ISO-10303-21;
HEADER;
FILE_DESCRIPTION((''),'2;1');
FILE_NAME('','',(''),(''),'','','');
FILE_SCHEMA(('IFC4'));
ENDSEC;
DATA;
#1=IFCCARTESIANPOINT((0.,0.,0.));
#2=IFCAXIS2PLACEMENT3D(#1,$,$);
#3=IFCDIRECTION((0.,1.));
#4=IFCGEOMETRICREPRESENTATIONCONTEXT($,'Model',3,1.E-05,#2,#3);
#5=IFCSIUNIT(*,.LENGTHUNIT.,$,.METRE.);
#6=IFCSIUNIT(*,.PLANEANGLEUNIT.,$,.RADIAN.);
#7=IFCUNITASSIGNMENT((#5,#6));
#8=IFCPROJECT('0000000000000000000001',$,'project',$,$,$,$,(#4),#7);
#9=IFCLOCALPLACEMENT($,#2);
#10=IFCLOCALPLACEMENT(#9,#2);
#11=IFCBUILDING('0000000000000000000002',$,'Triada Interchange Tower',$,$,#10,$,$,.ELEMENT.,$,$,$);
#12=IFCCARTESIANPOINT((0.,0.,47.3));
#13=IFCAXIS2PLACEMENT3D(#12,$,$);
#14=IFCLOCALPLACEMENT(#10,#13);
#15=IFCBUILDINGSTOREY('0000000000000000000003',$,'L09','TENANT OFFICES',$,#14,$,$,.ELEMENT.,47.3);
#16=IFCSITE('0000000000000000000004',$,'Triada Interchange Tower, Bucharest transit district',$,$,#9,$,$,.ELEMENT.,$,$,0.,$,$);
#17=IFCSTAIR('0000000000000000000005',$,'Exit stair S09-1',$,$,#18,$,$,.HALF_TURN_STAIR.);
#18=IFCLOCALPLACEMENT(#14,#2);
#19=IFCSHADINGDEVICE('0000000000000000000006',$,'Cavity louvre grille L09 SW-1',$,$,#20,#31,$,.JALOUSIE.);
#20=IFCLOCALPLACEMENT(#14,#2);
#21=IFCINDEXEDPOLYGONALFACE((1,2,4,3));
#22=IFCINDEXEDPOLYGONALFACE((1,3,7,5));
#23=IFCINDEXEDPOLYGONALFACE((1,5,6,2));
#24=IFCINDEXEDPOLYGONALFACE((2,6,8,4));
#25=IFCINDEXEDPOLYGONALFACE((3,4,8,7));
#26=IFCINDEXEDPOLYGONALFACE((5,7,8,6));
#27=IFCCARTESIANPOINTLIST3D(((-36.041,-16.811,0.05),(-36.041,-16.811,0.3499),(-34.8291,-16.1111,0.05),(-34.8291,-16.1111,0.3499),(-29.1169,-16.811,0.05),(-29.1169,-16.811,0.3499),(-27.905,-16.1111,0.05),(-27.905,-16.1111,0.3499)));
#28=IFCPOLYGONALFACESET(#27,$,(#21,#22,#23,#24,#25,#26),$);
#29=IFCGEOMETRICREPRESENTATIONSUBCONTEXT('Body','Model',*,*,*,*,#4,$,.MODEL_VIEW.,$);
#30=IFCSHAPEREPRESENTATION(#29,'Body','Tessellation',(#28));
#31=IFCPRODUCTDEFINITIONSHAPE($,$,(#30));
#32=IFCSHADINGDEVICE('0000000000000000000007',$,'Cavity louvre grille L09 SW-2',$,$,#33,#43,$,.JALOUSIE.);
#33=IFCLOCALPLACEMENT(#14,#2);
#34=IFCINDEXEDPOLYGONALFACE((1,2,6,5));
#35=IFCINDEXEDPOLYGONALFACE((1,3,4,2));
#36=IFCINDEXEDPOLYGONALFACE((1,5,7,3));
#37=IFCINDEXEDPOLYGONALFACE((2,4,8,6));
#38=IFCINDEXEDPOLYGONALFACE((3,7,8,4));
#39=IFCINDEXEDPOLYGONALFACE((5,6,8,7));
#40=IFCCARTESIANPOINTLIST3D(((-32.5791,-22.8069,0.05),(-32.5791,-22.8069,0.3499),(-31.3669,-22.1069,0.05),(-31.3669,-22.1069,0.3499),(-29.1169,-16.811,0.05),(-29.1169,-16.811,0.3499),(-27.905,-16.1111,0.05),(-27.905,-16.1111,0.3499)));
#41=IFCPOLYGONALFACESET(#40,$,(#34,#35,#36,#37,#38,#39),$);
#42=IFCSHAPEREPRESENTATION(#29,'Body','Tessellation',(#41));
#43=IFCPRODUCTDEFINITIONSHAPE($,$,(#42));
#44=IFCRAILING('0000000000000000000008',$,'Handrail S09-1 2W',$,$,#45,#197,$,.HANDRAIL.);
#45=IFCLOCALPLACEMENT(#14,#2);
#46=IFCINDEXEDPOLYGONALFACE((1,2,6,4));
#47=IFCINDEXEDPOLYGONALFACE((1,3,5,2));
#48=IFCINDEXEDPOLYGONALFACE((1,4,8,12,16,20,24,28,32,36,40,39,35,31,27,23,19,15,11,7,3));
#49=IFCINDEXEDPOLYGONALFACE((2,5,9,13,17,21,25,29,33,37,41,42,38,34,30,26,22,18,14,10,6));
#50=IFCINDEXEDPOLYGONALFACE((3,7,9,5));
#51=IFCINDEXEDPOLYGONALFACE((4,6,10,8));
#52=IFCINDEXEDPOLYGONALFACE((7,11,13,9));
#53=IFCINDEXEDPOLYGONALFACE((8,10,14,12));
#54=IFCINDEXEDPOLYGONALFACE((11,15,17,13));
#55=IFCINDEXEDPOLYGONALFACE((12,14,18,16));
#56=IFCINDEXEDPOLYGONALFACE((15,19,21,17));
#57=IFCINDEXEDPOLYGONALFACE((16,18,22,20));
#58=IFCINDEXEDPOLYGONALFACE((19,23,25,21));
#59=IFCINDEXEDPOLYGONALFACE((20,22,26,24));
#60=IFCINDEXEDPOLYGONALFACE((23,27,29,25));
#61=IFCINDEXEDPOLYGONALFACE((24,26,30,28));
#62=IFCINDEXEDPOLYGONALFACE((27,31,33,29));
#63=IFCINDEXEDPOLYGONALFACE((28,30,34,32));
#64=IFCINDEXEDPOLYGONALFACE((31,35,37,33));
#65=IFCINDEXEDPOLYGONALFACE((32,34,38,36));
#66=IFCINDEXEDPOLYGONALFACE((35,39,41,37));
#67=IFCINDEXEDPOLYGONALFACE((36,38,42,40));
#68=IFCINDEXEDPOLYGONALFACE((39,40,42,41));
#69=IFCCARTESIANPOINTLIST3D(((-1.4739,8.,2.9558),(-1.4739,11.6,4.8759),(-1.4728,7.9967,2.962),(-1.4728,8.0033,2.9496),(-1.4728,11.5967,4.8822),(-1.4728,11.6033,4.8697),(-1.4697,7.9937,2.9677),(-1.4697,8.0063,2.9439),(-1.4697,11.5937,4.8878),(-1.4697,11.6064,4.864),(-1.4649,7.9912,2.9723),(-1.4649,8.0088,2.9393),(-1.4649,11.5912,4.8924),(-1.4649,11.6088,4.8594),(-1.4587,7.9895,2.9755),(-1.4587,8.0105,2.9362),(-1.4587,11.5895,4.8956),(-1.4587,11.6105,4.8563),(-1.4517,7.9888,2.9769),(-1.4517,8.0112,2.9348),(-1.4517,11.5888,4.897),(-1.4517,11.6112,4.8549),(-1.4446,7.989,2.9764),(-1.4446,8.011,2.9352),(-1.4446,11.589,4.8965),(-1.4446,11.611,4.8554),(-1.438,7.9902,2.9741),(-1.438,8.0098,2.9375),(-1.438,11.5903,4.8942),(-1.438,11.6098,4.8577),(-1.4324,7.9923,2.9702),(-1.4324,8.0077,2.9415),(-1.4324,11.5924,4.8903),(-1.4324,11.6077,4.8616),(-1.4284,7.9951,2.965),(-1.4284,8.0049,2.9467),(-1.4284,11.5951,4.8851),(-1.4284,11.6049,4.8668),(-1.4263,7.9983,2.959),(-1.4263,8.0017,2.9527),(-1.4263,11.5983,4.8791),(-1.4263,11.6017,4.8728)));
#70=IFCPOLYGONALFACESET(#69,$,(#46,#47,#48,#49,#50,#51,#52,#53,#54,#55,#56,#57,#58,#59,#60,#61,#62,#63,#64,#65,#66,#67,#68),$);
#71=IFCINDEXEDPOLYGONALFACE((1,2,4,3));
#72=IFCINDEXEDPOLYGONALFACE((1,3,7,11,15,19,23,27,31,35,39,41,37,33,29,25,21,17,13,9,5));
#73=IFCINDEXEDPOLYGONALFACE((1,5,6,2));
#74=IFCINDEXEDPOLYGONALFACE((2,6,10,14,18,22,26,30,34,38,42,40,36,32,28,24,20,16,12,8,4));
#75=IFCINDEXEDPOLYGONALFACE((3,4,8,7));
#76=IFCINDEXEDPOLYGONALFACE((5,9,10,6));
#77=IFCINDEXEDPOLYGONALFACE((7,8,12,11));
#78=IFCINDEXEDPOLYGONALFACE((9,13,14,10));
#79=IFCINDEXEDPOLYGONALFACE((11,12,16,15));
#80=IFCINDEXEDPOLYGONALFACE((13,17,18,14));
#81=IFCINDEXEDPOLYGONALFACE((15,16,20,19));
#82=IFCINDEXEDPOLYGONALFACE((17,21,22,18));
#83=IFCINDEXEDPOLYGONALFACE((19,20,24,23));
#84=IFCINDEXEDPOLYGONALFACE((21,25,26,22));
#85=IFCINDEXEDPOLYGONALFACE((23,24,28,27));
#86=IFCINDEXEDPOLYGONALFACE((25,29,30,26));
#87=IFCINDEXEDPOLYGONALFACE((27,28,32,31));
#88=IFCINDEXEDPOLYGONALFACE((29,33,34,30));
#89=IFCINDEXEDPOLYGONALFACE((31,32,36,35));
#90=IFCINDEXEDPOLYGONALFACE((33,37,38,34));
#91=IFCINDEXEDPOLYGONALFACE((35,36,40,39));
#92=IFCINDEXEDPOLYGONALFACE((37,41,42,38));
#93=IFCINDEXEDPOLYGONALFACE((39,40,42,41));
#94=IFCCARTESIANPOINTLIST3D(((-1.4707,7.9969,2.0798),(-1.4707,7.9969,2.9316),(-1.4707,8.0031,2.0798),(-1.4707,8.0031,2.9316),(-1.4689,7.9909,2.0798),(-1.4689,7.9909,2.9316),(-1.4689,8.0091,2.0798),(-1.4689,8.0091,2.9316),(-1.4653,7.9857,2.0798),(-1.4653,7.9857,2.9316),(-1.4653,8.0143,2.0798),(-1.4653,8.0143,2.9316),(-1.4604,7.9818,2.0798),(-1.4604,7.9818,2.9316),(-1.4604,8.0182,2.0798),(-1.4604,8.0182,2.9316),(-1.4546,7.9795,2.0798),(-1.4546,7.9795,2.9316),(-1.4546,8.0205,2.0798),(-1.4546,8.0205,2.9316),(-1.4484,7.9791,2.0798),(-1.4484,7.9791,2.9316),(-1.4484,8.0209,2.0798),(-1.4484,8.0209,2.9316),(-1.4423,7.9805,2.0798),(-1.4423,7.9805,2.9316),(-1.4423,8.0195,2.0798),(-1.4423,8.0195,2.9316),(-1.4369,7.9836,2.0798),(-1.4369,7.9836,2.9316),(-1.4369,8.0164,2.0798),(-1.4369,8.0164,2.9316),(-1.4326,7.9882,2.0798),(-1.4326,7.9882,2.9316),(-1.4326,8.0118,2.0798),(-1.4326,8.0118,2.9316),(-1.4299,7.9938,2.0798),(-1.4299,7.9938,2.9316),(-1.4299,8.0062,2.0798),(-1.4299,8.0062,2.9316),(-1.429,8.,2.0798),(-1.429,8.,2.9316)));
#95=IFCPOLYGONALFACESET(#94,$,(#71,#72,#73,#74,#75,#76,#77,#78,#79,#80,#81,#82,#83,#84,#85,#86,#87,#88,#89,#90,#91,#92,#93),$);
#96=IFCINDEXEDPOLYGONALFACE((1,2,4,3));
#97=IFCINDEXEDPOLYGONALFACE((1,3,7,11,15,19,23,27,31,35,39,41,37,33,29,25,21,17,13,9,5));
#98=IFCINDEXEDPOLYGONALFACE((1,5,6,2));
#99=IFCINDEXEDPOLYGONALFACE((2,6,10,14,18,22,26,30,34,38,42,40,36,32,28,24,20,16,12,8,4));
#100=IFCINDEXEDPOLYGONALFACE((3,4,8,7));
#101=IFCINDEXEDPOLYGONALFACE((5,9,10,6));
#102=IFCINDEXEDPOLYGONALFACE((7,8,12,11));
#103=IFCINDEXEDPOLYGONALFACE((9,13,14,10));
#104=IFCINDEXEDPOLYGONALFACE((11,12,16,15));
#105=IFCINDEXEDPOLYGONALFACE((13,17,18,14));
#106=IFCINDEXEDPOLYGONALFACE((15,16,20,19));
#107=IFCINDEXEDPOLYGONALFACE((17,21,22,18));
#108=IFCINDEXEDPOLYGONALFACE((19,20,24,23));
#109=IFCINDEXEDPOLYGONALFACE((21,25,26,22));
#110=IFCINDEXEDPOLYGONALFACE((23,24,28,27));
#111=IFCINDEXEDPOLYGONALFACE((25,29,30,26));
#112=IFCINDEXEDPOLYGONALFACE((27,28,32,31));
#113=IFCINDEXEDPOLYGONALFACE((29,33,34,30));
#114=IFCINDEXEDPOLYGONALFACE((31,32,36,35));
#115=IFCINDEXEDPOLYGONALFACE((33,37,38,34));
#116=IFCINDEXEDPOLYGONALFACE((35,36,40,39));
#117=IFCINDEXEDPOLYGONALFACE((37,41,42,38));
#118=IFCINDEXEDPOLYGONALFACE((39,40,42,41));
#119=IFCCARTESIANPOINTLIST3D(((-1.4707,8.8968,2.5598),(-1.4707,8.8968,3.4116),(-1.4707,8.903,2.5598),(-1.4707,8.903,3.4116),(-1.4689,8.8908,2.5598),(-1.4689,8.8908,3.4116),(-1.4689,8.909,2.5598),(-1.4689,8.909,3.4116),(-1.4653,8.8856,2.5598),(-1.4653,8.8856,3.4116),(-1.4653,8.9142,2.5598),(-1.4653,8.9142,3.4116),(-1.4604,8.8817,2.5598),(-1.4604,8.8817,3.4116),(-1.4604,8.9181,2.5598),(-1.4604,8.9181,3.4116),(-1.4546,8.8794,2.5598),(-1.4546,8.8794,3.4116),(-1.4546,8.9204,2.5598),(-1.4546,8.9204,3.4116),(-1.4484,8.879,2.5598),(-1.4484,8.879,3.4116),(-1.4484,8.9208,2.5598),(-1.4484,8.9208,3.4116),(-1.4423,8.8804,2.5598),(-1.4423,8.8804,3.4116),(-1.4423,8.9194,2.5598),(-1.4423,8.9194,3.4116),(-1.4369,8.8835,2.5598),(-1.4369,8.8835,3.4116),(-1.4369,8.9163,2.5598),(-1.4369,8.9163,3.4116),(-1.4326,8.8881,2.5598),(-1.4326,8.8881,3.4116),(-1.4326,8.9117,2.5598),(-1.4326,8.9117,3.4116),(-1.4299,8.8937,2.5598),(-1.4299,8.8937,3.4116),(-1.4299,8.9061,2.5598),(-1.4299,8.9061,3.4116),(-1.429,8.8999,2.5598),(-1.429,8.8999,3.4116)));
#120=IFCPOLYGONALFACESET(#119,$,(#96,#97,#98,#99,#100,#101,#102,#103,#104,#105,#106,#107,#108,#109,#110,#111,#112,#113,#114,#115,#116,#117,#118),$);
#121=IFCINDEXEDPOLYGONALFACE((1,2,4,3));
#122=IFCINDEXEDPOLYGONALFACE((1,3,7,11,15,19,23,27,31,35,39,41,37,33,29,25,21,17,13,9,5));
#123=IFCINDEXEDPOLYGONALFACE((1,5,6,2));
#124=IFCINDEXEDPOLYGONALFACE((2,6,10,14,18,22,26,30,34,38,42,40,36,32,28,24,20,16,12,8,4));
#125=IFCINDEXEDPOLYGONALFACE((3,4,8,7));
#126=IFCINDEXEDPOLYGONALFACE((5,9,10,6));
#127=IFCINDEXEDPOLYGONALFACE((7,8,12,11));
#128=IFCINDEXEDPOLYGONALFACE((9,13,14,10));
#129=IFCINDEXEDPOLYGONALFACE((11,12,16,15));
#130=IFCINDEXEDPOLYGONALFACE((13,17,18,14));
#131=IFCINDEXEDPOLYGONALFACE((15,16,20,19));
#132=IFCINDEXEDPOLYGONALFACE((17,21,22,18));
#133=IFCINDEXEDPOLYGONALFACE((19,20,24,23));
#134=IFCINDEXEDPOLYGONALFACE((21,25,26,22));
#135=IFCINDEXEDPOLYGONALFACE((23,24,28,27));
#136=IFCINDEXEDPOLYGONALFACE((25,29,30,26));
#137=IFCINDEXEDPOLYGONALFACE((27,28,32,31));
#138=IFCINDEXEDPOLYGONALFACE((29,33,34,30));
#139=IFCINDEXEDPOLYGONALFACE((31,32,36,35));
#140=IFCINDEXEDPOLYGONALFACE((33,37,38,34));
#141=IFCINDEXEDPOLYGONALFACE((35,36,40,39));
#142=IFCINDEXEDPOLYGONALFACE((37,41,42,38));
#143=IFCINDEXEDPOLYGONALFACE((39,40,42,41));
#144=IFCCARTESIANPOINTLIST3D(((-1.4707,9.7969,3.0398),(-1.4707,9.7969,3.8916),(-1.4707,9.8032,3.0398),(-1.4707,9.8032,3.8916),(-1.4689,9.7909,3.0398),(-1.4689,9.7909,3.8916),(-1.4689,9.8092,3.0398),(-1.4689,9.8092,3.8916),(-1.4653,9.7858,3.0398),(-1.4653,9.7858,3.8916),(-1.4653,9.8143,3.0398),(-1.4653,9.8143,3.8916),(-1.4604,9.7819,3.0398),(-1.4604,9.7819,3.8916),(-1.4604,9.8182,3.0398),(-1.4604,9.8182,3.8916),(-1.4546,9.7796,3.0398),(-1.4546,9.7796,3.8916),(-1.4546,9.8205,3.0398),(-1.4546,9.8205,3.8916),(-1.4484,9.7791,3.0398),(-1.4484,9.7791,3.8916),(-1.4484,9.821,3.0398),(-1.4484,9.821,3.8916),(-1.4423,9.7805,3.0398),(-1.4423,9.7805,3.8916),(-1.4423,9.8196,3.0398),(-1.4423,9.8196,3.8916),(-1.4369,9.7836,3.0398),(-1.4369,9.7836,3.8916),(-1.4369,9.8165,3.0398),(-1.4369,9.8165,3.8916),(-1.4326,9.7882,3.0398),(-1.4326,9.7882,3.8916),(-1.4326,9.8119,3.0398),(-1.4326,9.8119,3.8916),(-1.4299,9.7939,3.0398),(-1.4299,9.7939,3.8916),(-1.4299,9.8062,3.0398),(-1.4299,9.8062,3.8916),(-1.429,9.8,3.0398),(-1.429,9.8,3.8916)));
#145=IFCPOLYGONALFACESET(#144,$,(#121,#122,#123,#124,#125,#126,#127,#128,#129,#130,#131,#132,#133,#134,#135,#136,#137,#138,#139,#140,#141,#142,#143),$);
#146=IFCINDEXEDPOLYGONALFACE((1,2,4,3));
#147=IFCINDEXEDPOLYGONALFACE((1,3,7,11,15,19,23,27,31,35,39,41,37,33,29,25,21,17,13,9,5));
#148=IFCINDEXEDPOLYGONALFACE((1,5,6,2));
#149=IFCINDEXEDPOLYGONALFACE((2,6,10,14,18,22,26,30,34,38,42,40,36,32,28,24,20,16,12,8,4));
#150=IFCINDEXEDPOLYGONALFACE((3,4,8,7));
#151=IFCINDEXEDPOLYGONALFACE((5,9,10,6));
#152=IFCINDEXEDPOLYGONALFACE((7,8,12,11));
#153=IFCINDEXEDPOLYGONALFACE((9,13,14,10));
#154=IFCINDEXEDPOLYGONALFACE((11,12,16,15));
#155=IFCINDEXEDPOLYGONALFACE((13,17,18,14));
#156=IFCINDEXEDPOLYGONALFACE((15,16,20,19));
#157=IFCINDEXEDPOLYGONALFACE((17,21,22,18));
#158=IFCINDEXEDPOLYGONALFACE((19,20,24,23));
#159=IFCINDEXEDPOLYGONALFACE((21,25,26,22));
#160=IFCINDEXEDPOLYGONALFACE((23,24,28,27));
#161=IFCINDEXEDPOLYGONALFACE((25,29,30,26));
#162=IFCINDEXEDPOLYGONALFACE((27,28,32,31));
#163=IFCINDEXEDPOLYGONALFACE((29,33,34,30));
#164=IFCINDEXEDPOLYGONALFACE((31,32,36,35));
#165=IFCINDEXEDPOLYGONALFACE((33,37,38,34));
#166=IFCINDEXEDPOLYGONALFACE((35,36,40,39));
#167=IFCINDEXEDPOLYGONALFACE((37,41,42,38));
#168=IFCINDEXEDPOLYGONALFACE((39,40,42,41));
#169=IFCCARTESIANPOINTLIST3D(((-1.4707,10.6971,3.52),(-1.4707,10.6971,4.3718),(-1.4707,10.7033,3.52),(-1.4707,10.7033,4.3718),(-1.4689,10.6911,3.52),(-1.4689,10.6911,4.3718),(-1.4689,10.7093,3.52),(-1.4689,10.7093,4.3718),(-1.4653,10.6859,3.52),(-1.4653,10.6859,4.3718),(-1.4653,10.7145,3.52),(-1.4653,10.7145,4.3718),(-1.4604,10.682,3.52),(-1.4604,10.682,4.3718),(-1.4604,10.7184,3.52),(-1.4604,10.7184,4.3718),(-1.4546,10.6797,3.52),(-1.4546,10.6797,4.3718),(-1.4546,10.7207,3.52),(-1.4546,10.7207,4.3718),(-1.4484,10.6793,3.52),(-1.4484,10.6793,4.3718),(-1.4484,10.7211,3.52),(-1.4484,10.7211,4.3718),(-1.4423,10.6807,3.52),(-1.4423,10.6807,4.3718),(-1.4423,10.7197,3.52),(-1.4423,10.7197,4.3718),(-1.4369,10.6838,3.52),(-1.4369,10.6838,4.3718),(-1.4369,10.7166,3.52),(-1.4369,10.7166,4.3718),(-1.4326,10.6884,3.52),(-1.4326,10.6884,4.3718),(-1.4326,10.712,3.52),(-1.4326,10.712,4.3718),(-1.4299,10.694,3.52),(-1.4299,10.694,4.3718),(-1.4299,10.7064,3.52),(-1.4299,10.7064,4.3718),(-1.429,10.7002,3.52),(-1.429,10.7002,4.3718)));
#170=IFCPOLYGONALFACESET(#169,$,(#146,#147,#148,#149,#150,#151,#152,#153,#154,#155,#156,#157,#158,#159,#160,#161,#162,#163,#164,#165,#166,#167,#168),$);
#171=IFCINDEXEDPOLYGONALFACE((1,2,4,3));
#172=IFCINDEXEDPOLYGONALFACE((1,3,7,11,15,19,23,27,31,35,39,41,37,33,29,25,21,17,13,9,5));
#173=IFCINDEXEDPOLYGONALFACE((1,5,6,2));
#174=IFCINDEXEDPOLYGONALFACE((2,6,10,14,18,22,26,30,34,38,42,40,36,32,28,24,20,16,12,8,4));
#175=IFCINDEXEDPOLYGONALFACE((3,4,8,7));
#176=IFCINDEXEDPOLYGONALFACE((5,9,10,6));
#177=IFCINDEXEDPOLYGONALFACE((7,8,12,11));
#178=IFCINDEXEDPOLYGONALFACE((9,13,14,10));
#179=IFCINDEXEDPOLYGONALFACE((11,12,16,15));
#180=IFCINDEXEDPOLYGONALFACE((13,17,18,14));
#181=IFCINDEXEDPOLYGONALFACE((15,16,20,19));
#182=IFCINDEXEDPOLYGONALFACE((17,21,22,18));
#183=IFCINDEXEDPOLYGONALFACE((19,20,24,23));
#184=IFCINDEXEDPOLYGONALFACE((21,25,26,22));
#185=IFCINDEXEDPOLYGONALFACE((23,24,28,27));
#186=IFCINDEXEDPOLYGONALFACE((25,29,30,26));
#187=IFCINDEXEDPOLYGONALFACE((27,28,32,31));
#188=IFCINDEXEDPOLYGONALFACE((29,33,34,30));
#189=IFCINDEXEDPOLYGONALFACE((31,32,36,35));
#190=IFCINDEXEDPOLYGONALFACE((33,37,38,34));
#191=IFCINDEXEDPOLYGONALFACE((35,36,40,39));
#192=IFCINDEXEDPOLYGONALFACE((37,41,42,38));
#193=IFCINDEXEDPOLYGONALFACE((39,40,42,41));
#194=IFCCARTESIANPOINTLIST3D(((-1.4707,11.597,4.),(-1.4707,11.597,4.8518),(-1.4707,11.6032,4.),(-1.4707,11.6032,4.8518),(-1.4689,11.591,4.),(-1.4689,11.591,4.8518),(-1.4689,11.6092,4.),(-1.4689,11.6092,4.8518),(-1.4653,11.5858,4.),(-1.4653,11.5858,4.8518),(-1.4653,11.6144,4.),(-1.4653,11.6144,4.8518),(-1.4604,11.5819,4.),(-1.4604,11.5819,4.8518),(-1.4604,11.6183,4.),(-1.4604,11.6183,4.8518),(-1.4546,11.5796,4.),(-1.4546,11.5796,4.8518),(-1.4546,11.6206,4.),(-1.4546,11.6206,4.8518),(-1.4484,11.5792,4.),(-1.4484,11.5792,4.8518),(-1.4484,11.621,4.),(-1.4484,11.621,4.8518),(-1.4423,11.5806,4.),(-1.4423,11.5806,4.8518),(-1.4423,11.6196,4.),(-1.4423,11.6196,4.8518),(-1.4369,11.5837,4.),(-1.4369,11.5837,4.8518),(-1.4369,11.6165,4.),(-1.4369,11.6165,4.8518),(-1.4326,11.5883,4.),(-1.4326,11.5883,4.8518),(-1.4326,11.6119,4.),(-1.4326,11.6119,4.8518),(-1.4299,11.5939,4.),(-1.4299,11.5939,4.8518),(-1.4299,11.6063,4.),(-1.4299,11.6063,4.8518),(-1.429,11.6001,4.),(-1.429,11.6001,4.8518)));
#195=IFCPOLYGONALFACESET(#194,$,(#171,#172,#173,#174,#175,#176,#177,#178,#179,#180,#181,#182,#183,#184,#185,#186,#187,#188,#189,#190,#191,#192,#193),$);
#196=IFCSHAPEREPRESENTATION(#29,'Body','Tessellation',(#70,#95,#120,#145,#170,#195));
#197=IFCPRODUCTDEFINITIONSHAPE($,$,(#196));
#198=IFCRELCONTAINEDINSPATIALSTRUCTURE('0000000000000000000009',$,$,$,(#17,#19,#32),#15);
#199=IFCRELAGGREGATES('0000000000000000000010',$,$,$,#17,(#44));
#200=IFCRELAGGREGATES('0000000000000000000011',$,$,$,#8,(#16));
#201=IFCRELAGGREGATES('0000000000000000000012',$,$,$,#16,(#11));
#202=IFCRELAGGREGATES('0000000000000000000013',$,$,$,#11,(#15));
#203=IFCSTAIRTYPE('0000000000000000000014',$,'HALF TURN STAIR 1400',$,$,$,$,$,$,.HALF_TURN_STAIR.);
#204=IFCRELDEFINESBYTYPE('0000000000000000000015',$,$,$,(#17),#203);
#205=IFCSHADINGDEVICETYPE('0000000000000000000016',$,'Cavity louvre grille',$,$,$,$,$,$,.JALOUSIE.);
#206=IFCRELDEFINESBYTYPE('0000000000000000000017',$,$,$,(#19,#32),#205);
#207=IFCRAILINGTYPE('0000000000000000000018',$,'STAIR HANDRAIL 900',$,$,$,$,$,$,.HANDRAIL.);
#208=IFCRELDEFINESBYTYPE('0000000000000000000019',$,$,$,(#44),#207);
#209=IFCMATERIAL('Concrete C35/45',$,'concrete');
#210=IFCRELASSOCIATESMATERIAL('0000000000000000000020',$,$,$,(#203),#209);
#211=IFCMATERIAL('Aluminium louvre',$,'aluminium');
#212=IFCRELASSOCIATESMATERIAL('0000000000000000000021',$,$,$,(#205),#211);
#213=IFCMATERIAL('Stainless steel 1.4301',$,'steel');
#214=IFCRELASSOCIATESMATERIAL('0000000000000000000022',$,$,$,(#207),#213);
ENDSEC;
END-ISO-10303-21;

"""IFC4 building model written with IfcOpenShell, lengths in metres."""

from ifc_helpers import new_model, si_unit, direction, frame, origin, origin_2d, place, context, subcontext, project, spatial, polyline, circle, outline, extrude, material, type_object, element, aggregate, save


model = new_model("IFC4")

# Units and contexts
model_context = context("Model", 3, precision=1e-05, world=origin(), true_north=direction((0.0, 1.0)))
body_context = subcontext(model_context, "Body", "Model", "MODEL_VIEW")
ifc_project = project(units=[si_unit("LENGTHUNIT", "METRE"), si_unit("PLANEANGLEUNIT", "RADIAN")], contexts=[model_context])

# Site, building, storey
site_placement = place(None, origin())
site = spatial("IfcSite", under=ifc_project, at=site_placement, Name="Triada Interchange Tower, Bucharest transit district", CompositionType="ELEMENT", RefElevation=0.0)
building_placement = place(site_placement, origin())
building = spatial("IfcBuilding", under=site, at=building_placement, Name="Triada Interchange Tower", CompositionType="ELEMENT")
storey_placement = place(building_placement, frame((0.0, 0.0, 47.3)))
storey = spatial("IfcBuildingStorey", under=building, at=storey_placement, Name="L09", Description="TENANT OFFICES", CompositionType="ELEMENT", Elevation=47.3)

# Stair
ifc_material_1 = material(Name="Concrete C35/45", Category="concrete")
stair_type = type_object("IfcStairType", Name="HALF TURN STAIR 1400", PredefinedType="HALF_TURN_STAIR", material=ifc_material_1)
stair_placement = place(storey_placement, origin())
stair = element("IfcStair", 1, at=stair_placement, inside=storey, type_object=stair_type, Name="Exit stair S09-1", PredefinedType="HALF_TURN_STAIR")

# Shading devices
ifc_material_2 = material(Name="Aluminium louvre", Category="aluminium")
shading_device_type = type_object("IfcShadingDeviceType", Name="Cavity louvre grille", PredefinedType="JALOUSIE", material=ifc_material_2)
shading_device_1_placement = place(storey_placement, frame((0.0, 0.0, 0.05)))
element("IfcShadingDevice", 2, at=shading_device_1_placement, inside=storey, type_object=shading_device_type, Name="Cavity louvre grille L09 SW-1", PredefinedType="JALOUSIE", context=body_context, shape_type="SweptSolid", body=[
    extrude(outline(polyline([(-34.8291, -16.1111), (-36.041, -16.811), (-29.1169, -16.811), (-27.905, -16.1111), (-34.8291, -16.1111)])), origin(), (0.0, 0.0, 1.0), 0.2998),
])
shading_device_2_placement = place(storey_placement, frame((0.0, 0.0, 0.05)))
element("IfcShadingDevice", 3, at=shading_device_2_placement, inside=storey, type_object=shading_device_type, Name="Cavity louvre grille L09 SW-2", PredefinedType="JALOUSIE", context=body_context, shape_type="SweptSolid", body=[
    extrude(outline(polyline([(-27.905, -16.1111), (-29.1169, -16.811), (-32.5791, -22.8069), (-31.3669, -22.1069), (-27.905, -16.1111)])), origin(), (0.0, 0.0, 1.0), 0.2998),
])

# Railing
ifc_material_3 = material(Name="Stainless steel 1.4301", Category="steel")
railing_type = type_object("IfcRailingType", Name="STAIR HANDRAIL 900", PredefinedType="HANDRAIL", material=ifc_material_3)
railing_1_placement = place(storey_placement, frame((-1.45, 8.0, 2.0798)))
railing_1 = element("IfcRailing", 4, at=railing_1_placement, type_object=railing_type, Name="Handrail S09-1 2W", PredefinedType="HANDRAIL", context=body_context, shape_type="SweptSolid", body=[
    extrude(circle(Radius=0.0239, at=origin_2d()), frame((0.0, 0.0, 0.876), z_axis=(0.0, 0.882341, 0.47061), x_axis=(-1.0, 0.0, 0.0)), (0.0, 0.0, 1.0), 4.0801),
    extrude(circle(Radius=0.021, at=origin_2d()), origin(), (0.0, 0.0, 1.0), 0.8518),
    extrude(circle(Radius=0.021, at=origin_2d()), frame((0.0, 0.8999, 0.48)), (0.0, 0.0, 1.0), 0.8518),
    extrude(circle(Radius=0.021, at=origin_2d()), frame((0.0, 1.8, 0.96)), (0.0, 0.0, 1.0), 0.8518),
    extrude(circle(Radius=0.021, at=origin_2d()), frame((0.0, 2.7002, 1.4402)), (0.0, 0.0, 1.0), 0.8518),
    extrude(circle(Radius=0.021, at=origin_2d()), frame((0.0, 3.6001, 1.9202)), (0.0, 0.0, 1.0), 0.8518),
])
aggregate(stair, [railing_1])

save(model, "model.ifc")
